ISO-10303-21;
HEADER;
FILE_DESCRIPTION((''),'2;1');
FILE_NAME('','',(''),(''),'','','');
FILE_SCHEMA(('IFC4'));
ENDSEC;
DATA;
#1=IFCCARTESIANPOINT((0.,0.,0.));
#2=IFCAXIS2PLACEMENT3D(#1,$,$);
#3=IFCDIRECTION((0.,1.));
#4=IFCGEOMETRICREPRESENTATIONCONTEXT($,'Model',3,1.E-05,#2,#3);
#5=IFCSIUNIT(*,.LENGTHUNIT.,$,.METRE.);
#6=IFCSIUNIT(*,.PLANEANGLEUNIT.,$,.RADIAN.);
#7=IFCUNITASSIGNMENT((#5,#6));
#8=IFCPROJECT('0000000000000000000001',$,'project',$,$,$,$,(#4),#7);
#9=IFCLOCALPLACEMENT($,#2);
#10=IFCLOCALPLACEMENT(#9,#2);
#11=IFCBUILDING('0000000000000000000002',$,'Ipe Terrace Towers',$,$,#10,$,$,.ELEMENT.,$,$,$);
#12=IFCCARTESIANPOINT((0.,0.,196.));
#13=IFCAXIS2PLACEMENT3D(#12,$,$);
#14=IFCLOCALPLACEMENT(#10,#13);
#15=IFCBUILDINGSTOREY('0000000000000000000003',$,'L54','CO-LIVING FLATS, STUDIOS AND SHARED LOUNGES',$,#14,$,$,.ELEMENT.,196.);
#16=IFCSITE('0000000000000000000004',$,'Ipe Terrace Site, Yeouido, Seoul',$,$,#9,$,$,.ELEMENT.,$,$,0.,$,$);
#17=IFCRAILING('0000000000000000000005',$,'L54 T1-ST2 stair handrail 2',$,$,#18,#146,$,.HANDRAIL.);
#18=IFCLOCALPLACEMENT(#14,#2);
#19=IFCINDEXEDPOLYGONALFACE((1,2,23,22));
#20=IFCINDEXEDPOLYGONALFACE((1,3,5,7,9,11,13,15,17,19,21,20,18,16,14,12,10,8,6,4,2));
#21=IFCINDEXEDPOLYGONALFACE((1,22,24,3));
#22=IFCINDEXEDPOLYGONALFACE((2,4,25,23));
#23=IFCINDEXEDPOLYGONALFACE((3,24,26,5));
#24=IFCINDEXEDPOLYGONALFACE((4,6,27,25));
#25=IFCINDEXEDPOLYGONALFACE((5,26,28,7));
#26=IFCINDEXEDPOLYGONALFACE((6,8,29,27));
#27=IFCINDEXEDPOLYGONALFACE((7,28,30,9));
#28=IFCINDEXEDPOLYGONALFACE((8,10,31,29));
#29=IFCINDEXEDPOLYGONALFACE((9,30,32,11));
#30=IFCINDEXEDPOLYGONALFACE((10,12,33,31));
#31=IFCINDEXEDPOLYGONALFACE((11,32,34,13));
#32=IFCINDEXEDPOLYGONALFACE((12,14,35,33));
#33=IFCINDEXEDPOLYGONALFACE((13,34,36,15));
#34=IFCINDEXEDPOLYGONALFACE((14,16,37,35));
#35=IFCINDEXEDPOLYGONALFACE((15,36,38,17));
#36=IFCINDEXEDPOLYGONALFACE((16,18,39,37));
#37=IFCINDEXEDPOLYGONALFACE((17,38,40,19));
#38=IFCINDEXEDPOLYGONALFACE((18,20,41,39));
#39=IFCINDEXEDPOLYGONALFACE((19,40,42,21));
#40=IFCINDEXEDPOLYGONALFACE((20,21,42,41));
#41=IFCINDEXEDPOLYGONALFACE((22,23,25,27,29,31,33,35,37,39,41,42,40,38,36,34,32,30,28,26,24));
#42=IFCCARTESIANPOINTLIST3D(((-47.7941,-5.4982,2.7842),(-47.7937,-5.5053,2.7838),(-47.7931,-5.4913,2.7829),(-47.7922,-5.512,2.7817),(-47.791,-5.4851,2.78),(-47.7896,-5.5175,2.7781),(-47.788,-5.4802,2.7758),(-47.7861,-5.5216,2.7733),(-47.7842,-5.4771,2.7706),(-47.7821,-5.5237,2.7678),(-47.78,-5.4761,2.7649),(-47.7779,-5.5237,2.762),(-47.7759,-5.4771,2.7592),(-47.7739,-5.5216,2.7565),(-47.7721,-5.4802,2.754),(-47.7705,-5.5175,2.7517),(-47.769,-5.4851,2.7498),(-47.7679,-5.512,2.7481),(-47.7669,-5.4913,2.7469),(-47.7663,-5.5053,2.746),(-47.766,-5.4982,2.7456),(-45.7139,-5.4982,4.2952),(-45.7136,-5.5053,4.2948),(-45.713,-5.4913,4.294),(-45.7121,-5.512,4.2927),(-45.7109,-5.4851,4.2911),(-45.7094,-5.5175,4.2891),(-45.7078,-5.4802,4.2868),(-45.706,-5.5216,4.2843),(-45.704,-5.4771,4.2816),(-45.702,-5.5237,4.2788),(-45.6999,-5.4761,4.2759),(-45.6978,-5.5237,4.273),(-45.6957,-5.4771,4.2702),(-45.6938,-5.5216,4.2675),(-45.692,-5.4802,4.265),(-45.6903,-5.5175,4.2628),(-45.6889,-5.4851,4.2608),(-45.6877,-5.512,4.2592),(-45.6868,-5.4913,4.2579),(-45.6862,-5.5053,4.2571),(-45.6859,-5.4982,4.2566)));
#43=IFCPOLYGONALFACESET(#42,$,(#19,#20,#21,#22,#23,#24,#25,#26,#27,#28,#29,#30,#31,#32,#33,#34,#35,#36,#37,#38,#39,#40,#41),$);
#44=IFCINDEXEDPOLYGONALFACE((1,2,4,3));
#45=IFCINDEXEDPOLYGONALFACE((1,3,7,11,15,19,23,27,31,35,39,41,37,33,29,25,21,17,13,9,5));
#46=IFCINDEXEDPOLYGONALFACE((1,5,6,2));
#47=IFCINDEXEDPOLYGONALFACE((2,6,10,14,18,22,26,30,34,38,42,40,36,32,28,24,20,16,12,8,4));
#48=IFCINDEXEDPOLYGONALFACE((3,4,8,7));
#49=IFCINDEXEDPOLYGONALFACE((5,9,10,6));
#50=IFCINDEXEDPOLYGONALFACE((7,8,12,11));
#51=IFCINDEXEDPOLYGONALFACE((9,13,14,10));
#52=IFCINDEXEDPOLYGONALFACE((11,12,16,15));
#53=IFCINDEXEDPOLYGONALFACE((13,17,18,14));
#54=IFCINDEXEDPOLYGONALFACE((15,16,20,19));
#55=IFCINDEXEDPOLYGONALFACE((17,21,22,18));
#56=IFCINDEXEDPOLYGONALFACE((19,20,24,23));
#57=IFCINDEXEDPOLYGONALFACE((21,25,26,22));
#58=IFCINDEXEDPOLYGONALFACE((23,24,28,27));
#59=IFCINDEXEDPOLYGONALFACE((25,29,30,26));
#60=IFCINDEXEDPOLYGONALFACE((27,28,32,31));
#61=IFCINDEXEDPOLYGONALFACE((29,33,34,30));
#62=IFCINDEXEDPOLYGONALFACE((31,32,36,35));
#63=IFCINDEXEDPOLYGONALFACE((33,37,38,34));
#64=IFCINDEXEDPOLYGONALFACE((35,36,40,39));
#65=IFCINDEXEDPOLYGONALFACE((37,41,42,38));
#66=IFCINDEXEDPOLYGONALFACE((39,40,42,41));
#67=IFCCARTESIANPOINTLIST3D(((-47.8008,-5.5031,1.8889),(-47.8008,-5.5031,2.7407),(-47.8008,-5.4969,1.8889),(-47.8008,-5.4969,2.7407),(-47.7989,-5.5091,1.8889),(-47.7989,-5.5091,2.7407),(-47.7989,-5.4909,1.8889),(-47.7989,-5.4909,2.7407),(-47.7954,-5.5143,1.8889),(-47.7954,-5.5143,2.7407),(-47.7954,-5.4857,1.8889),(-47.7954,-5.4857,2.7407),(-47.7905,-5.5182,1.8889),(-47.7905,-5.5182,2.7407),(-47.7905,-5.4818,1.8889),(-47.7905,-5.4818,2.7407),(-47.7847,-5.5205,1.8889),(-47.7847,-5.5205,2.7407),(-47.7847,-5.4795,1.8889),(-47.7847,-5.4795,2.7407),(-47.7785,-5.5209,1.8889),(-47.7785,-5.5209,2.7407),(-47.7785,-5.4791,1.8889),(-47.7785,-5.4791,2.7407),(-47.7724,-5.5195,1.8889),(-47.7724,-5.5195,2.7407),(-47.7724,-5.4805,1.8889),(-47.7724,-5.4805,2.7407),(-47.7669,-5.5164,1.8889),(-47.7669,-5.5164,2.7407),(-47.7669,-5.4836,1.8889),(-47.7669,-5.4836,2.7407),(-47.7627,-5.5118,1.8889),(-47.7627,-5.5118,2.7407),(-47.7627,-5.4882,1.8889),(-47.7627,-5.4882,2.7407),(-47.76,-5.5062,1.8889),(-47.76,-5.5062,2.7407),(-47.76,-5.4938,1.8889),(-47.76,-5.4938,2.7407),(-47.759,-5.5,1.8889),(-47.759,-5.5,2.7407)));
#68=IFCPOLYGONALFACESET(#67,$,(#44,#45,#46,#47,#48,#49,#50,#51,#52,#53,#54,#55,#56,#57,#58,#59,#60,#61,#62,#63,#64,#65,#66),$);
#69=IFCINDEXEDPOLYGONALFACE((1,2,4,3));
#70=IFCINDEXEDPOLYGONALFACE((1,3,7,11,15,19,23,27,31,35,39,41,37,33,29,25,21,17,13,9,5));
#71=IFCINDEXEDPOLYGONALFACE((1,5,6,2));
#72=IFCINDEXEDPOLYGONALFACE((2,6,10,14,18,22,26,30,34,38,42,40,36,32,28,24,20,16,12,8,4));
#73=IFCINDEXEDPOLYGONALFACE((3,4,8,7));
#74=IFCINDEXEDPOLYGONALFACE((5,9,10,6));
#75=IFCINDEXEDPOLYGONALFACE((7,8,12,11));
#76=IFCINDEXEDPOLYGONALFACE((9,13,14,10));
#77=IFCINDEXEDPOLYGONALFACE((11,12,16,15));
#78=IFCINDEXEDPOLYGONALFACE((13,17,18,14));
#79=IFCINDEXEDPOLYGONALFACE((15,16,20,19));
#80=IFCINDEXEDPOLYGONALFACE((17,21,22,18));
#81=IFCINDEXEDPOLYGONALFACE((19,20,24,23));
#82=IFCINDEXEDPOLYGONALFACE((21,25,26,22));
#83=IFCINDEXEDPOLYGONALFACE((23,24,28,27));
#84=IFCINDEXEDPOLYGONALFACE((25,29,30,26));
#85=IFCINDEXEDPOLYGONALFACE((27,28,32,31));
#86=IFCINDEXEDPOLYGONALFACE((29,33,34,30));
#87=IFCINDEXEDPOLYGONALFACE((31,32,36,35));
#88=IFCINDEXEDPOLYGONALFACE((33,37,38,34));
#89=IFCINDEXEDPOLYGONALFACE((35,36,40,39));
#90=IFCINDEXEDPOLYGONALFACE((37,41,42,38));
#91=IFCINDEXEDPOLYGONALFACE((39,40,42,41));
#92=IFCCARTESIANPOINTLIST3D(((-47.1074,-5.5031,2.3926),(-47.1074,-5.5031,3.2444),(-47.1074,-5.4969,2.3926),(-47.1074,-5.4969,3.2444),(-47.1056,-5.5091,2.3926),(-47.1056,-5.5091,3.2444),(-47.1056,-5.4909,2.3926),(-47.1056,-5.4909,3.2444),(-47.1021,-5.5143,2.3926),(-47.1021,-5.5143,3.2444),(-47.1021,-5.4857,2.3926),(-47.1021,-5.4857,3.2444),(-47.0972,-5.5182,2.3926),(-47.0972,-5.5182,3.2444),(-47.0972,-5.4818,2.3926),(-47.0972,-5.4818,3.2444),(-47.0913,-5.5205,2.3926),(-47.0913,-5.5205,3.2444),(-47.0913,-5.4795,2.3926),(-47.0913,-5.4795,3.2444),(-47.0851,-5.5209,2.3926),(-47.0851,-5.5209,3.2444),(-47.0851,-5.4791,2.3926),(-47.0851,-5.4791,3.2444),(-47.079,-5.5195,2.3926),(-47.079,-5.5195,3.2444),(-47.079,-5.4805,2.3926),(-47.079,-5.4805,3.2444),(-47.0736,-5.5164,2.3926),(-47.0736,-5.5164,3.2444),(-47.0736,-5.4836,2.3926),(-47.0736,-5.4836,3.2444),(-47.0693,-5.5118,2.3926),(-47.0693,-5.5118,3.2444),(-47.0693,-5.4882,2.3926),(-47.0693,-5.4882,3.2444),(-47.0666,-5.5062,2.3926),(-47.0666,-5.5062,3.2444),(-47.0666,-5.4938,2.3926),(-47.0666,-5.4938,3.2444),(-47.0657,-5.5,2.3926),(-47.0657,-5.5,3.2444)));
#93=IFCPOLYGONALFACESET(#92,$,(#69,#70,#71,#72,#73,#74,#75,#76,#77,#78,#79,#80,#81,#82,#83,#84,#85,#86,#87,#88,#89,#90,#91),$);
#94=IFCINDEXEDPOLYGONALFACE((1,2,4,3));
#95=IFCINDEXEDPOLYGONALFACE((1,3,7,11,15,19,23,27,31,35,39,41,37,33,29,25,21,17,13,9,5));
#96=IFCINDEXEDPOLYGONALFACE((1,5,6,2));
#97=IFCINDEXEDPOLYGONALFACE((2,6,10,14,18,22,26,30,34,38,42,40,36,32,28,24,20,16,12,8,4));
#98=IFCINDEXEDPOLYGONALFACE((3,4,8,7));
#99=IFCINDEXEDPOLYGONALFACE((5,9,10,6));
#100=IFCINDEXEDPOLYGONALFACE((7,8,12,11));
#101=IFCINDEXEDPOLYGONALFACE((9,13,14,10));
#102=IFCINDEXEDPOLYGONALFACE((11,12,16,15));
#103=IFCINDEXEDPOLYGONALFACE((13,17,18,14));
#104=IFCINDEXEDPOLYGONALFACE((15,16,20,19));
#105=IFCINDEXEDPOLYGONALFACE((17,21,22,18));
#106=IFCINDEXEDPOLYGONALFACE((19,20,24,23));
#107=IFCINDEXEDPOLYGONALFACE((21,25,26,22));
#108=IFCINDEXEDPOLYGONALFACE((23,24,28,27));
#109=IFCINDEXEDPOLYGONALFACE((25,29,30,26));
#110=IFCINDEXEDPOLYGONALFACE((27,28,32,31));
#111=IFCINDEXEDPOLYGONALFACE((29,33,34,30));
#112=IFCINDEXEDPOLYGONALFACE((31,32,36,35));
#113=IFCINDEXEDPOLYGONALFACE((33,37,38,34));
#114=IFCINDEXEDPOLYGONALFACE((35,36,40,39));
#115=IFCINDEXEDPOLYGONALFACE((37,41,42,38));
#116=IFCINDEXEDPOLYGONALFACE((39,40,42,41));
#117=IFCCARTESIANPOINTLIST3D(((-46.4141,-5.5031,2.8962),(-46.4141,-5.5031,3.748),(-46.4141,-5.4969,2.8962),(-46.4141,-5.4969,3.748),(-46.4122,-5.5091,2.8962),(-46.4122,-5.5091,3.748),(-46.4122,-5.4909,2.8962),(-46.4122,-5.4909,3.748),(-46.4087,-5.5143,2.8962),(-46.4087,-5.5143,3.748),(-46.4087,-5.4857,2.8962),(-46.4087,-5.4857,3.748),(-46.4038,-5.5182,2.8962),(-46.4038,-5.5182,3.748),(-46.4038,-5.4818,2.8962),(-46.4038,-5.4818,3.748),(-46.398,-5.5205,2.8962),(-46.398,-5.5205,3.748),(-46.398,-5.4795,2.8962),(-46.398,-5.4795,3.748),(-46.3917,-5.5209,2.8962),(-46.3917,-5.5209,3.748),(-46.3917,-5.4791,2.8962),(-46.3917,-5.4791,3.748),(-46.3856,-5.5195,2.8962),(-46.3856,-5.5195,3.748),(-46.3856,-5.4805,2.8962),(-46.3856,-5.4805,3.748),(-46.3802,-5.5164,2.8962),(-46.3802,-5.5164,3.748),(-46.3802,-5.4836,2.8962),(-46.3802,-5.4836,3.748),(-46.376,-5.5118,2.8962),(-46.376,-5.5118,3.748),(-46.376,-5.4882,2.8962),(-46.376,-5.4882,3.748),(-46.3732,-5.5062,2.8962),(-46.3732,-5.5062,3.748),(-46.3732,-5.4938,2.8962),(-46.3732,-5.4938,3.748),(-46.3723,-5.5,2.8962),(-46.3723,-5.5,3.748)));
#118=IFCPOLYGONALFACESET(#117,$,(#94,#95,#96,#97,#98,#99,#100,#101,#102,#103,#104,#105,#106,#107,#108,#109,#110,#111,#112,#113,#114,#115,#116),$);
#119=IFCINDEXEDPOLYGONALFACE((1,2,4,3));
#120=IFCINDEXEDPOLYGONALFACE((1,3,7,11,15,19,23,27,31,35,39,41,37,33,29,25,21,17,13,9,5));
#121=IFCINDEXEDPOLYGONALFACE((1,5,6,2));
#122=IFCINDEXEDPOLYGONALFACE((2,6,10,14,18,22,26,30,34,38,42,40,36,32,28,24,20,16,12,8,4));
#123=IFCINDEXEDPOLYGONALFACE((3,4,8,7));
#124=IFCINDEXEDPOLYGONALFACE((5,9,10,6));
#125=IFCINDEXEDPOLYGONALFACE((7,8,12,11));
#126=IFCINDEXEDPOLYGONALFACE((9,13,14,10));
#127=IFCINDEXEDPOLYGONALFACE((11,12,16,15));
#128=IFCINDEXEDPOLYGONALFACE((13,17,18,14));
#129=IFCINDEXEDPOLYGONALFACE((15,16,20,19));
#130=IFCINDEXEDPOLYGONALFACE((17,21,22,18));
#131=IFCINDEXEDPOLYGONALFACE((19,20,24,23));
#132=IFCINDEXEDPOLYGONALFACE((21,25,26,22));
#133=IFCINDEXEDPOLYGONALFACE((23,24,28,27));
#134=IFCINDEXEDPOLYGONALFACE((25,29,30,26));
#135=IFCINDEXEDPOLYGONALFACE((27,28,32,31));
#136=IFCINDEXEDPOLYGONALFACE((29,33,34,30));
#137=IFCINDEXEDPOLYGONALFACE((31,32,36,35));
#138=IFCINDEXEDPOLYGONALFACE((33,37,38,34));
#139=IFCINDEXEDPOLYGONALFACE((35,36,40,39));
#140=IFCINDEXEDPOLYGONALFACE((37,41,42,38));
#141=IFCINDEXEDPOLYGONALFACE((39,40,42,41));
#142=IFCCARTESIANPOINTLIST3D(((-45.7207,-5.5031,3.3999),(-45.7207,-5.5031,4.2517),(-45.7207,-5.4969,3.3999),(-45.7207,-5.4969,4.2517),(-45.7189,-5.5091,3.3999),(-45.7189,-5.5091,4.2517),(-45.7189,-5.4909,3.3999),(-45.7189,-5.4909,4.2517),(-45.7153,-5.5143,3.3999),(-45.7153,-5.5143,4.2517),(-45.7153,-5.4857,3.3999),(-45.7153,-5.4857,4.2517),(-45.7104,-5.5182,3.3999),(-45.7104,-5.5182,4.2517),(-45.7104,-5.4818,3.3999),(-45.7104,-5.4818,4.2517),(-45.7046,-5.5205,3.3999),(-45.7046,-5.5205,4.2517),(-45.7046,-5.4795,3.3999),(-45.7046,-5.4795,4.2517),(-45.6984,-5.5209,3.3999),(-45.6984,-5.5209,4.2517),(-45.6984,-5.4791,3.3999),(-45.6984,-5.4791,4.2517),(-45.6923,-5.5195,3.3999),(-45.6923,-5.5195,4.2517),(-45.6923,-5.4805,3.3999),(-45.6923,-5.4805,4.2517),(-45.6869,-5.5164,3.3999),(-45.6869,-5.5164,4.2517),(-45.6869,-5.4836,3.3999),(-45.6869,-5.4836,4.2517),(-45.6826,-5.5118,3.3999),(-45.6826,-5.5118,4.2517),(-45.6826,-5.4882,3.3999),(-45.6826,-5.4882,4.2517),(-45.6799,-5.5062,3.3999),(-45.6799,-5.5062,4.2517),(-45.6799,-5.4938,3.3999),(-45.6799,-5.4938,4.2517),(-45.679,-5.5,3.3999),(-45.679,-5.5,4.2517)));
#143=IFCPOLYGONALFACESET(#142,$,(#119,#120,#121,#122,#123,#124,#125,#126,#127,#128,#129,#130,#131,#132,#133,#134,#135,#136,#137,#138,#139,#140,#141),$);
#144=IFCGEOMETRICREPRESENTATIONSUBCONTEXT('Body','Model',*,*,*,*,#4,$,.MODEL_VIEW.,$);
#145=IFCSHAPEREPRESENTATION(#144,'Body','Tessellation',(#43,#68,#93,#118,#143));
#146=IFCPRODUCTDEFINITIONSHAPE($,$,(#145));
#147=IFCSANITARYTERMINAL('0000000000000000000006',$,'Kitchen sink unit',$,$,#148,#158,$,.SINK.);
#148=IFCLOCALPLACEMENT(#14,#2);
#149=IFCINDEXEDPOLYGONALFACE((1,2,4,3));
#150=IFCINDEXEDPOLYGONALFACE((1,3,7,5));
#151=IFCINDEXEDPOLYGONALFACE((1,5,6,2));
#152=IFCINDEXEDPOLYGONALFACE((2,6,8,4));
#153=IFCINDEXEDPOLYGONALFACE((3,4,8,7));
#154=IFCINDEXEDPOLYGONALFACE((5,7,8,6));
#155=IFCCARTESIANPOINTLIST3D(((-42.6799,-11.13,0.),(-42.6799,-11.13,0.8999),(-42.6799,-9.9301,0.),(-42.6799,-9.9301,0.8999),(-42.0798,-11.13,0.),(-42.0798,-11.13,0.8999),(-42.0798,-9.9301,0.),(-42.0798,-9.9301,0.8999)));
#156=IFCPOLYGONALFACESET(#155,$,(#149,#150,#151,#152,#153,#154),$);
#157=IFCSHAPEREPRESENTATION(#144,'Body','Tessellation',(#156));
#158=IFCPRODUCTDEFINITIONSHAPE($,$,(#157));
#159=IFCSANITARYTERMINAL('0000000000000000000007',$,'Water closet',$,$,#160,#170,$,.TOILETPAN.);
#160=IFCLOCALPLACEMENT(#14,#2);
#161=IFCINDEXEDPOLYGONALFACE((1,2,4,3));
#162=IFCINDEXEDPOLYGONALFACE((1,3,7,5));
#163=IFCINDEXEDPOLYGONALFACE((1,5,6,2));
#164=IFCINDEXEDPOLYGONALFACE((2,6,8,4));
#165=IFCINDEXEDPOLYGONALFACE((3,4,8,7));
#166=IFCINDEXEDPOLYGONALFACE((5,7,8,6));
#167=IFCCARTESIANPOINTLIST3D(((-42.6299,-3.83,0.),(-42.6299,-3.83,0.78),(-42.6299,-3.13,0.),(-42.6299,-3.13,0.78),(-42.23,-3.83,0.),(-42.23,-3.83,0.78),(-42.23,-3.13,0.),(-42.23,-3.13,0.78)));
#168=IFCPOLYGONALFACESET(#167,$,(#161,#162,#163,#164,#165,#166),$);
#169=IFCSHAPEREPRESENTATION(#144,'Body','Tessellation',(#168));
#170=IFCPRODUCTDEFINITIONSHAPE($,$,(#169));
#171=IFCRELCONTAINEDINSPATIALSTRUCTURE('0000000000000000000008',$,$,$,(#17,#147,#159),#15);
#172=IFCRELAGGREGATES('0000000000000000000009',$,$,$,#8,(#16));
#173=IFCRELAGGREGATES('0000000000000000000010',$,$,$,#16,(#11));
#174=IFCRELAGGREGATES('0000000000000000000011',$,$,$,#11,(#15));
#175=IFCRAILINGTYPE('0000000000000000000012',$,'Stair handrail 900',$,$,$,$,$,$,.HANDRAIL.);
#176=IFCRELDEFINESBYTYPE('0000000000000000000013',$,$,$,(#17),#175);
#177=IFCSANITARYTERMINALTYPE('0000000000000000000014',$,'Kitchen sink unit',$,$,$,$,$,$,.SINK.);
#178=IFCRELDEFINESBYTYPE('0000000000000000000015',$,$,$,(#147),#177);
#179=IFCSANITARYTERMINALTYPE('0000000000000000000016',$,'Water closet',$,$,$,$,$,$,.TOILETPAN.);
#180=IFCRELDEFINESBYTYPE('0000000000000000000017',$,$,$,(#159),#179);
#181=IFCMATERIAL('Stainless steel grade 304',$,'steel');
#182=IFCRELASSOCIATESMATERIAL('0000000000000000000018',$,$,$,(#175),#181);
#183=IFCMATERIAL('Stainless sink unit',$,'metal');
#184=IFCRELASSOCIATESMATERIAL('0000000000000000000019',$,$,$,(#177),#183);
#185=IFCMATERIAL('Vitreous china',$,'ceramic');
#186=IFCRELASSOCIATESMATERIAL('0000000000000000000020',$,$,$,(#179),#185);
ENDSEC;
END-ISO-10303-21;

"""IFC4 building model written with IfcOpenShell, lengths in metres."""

from ifc_helpers import new_model, si_unit, direction, frame, origin, origin_2d, place, context, subcontext, project, spatial, rectangle, circle, extrude, material, type_object, element, save


model = new_model("IFC4")

# Units and contexts
model_context = context("Model", 3, precision=1e-05, world=origin(), true_north=direction((0.0, 1.0)))
body_context = subcontext(model_context, "Body", "Model", "MODEL_VIEW")
ifc_project = project(units=[si_unit("LENGTHUNIT", "METRE"), si_unit("PLANEANGLEUNIT", "RADIAN")], contexts=[model_context])

# Site, building, storey
site_placement = place(None, origin())
site = spatial("IfcSite", under=ifc_project, at=site_placement, Name="Ipe Terrace Site, Yeouido, Seoul", CompositionType="ELEMENT", RefElevation=0.0)
building_placement = place(site_placement, origin())
building = spatial("IfcBuilding", under=site, at=building_placement, Name="Ipe Terrace Towers", CompositionType="ELEMENT")
storey_placement = place(building_placement, frame((0.0, 0.0, 196.0)))
storey = spatial("IfcBuildingStorey", under=building, at=storey_placement, Name="L54", Description="CO-LIVING FLATS, STUDIOS AND SHARED LOUNGES", CompositionType="ELEMENT", Elevation=196.0)

# Railing
ifc_material_1 = material(Name="Stainless steel grade 304", Category="steel")
railing_type_1 = type_object("IfcRailingType", Name="Stair handrail 900", PredefinedType="HANDRAIL", material=ifc_material_1)
railing_1_placement = place(storey_placement, frame((-47.78, -5.5, 1.8889)))
element("IfcRailing", 1, at=railing_1_placement, inside=storey, type_object=railing_type_1, Name="L54 T1-ST2 stair handrail 2", PredefinedType="HANDRAIL", context=body_context, shape_type="SweptSolid", body=[
    extrude(circle(Radius=0.0239, at=origin_2d()), frame((0.0, 0.0, 0.876), z_axis=(0.809069, 0.0, 0.587714), x_axis=(0.0, 1.0, 0.0)), (0.0, 0.0, 1.0), 2.571),
    extrude(circle(Radius=0.021, at=origin_2d()), origin(), (0.0, 0.0, 1.0), 0.8518),
    extrude(circle(Radius=0.021, at=origin_2d()), frame((0.6934, 0.0, 0.5037)), (0.0, 0.0, 1.0), 0.8518),
    extrude(circle(Radius=0.021, at=origin_2d()), frame((1.3867, 0.0, 1.0073)), (0.0, 0.0, 1.0), 0.8518),
    extrude(circle(Radius=0.021, at=origin_2d()), frame((2.0801, 0.0, 1.511)), (0.0, 0.0, 1.0), 0.8518),
])

# Sanitary terminals
ifc_material_2 = material(Name="Stainless sink unit", Category="metal")
sanitary_terminal_type_1 = type_object("IfcSanitaryTerminalType", Name="Kitchen sink unit", PredefinedType="SINK", material=ifc_material_2)
sanitary_terminal_1_placement = place(storey_placement, frame((-42.3799, -10.53, 0.0), z_axis=(0.0, 0.0, 1.0), x_axis=(0.0, 1.0, 0.0)))
element("IfcSanitaryTerminal", 2, at=sanitary_terminal_1_placement, inside=storey, type_object=sanitary_terminal_type_1, Name="Kitchen sink unit", PredefinedType="SINK", context=body_context, shape_type="SweptSolid", body=[
    extrude(rectangle(XDim=1.2, YDim=0.6001, at=origin_2d()), origin(), (0.0, 0.0, 1.0), 0.8999),
])
ifc_material_3 = material(Name="Vitreous china", Category="ceramic")
sanitary_terminal_type_2 = type_object("IfcSanitaryTerminalType", Name="Water closet", PredefinedType="TOILETPAN", material=ifc_material_3)
sanitary_terminal_2_placement = place(storey_placement, frame((-42.4299, -3.48, 0.0), z_axis=(0.0, 0.0, 1.0), x_axis=(0.0, 1.0, 0.0)))
element("IfcSanitaryTerminal", 3, at=sanitary_terminal_2_placement, inside=storey, type_object=sanitary_terminal_type_2, Name="Water closet", PredefinedType="TOILETPAN", context=body_context, shape_type="SweptSolid", body=[
    extrude(rectangle(XDim=0.7, YDim=0.3999, at=origin_2d()), origin(), (0.0, 0.0, 1.0), 0.78),
])

save(model, "model.ifc")
